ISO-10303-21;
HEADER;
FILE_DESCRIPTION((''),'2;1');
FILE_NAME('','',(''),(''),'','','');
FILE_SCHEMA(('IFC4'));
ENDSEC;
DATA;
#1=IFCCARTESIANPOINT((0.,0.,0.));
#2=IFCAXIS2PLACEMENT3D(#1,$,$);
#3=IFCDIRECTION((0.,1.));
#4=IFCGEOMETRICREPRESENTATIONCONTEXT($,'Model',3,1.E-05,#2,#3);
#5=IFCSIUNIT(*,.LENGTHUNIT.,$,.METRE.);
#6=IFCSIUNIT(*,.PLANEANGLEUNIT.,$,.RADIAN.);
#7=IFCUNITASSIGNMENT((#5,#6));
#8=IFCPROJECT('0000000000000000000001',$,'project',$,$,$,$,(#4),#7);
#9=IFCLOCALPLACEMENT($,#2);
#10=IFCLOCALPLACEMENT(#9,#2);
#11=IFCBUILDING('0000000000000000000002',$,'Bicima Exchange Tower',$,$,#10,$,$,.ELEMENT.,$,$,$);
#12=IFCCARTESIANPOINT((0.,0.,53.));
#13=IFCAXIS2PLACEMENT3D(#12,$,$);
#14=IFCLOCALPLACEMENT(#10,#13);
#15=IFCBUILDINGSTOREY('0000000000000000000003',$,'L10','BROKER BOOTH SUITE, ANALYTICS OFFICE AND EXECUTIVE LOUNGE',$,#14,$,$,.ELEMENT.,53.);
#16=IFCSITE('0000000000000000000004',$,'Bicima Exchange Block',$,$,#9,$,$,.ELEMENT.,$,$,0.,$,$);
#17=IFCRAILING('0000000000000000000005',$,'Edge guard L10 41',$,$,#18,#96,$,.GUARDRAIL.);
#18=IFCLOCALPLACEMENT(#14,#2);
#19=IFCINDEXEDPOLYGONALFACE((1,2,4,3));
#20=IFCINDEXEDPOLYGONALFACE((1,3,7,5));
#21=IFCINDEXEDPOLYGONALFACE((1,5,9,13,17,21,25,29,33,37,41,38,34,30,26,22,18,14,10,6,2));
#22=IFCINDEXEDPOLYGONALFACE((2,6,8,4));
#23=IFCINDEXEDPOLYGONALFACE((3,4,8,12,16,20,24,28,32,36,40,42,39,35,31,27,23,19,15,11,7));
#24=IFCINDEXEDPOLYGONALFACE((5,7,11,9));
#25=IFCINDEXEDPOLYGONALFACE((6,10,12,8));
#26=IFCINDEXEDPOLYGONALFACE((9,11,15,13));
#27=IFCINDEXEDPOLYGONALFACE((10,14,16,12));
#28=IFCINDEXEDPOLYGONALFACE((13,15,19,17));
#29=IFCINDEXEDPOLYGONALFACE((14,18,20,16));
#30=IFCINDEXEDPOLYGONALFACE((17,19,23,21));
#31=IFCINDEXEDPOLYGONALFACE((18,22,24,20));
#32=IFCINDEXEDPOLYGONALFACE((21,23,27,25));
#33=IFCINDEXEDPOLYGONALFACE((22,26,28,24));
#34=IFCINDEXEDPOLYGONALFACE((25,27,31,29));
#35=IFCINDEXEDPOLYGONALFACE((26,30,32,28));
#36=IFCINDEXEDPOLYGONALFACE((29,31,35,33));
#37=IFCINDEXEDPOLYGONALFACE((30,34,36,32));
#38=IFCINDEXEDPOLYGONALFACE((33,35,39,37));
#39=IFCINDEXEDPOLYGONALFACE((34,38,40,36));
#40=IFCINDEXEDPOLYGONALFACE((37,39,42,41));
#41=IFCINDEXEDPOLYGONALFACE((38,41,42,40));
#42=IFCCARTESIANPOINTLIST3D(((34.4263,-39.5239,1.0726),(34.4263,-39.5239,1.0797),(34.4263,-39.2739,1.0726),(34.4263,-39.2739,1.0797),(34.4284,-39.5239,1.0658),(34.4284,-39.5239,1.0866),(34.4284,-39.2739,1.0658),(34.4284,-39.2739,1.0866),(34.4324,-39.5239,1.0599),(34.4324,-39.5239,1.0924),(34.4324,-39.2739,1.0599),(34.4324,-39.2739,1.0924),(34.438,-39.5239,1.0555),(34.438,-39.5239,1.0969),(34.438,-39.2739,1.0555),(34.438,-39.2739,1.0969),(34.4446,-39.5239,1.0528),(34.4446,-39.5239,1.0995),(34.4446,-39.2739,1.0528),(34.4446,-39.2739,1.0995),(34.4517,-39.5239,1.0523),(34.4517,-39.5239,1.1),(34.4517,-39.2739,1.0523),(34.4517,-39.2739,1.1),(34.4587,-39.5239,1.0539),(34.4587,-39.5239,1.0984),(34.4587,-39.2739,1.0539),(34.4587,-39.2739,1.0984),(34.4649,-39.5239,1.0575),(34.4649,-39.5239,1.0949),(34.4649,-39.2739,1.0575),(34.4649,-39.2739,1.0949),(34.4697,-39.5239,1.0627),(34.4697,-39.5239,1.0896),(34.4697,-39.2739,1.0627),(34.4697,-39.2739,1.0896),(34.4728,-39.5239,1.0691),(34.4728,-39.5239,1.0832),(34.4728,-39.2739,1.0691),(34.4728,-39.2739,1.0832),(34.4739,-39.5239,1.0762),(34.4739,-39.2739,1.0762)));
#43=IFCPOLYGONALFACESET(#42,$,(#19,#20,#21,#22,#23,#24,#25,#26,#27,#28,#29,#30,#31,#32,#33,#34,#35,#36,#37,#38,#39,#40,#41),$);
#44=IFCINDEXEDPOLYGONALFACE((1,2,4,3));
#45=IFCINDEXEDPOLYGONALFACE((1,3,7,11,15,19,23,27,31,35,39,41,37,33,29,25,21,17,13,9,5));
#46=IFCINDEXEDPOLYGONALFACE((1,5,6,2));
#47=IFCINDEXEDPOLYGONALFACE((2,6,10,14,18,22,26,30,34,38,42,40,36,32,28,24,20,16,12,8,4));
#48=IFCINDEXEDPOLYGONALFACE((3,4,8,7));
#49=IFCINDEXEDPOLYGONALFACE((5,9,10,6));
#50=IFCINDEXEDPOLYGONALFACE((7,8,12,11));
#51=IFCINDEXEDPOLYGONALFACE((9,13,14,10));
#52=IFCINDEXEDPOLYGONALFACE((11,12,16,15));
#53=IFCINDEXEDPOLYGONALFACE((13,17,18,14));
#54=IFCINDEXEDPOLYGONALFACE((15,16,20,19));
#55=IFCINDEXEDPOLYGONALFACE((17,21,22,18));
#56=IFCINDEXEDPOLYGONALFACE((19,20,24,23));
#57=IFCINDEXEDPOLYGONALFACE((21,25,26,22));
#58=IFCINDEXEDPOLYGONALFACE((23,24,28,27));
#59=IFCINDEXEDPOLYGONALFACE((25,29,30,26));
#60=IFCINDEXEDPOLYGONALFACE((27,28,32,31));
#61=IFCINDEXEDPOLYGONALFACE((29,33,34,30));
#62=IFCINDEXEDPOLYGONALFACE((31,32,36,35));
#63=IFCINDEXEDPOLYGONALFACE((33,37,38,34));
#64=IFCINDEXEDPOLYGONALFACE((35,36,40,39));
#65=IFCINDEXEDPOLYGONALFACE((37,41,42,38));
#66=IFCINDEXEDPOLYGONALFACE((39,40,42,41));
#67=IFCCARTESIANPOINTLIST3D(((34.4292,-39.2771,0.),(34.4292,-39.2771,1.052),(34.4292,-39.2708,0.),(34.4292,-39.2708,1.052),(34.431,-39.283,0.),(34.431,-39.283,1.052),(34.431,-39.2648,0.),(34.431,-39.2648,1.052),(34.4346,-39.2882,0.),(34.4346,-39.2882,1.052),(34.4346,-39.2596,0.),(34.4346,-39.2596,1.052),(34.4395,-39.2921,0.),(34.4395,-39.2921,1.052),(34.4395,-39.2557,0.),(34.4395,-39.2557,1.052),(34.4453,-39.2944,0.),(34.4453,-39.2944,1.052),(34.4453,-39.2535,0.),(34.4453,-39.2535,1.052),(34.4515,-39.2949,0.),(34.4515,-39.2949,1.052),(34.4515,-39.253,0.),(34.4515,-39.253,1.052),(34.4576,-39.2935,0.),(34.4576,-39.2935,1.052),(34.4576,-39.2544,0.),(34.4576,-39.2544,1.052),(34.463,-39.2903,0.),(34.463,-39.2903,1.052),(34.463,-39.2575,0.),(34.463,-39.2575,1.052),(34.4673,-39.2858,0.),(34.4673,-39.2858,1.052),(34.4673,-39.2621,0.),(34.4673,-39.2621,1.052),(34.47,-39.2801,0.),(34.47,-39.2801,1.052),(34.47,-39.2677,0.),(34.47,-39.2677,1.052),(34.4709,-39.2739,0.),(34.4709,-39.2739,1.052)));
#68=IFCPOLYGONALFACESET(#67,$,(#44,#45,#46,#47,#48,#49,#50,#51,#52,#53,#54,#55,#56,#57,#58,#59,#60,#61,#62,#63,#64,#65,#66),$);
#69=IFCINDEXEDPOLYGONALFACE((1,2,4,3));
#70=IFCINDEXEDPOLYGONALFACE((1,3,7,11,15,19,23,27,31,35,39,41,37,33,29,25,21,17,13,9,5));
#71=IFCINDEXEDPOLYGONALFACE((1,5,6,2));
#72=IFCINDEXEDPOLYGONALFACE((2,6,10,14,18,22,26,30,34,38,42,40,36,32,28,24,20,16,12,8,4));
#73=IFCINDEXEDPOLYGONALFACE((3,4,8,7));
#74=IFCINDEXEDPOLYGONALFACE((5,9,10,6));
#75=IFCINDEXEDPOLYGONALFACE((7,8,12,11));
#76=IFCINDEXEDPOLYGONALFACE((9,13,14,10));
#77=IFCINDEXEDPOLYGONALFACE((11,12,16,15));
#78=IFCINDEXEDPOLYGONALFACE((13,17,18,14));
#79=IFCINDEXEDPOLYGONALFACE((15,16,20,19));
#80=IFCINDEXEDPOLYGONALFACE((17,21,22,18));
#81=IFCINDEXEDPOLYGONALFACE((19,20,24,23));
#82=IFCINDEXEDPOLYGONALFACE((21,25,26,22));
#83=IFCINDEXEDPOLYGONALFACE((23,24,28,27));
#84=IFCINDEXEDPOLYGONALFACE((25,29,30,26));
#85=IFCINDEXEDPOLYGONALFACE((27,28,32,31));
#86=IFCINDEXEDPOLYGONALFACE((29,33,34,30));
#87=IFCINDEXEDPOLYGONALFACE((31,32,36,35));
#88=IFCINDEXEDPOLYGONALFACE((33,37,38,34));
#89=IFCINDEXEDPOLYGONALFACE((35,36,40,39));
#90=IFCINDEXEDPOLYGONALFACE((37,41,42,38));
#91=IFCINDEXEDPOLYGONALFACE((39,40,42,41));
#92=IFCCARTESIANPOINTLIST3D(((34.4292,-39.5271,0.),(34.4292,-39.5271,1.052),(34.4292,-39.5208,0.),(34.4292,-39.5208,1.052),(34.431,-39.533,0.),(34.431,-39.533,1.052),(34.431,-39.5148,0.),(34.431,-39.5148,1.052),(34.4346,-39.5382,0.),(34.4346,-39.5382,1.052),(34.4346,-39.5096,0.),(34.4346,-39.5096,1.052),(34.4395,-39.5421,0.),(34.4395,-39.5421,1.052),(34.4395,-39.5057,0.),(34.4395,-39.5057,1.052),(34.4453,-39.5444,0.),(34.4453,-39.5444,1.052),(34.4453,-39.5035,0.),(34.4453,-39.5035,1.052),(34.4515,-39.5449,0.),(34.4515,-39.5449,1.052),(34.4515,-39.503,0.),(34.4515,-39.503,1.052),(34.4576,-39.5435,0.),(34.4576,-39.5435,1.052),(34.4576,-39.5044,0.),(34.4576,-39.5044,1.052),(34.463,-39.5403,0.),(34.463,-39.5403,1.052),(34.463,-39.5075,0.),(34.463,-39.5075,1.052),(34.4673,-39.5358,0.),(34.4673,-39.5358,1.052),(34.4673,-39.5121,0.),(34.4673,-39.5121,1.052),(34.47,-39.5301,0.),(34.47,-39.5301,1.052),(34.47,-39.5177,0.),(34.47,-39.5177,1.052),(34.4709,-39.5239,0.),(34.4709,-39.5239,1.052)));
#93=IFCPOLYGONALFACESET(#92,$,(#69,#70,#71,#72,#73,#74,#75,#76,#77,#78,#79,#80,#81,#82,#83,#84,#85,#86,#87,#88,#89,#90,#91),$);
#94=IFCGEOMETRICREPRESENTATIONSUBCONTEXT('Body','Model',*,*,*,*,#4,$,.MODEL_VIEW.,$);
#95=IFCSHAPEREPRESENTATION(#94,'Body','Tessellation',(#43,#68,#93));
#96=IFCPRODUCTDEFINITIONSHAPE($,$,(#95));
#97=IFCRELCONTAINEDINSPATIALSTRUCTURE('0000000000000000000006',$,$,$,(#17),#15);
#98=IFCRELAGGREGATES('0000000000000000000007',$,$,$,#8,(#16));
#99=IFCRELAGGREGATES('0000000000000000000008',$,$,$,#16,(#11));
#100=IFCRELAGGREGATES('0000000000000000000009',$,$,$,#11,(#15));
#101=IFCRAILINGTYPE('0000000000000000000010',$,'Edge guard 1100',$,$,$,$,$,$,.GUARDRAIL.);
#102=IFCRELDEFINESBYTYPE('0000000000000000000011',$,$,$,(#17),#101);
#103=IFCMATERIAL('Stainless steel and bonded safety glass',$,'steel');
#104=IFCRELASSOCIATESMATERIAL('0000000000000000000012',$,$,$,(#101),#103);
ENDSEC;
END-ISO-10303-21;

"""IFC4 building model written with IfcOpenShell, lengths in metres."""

from ifc_helpers import new_model, si_unit, direction, frame, origin, origin_2d, place, context, subcontext, project, spatial, circle, extrude, material, type_object, element, save


model = new_model("IFC4")

# Units and contexts
model_context = context("Model", 3, precision=1e-05, world=origin(), true_north=direction((0.0, 1.0)))
body_context = subcontext(model_context, "Body", "Model", "MODEL_VIEW")
ifc_project = project(units=[si_unit("LENGTHUNIT", "METRE"), si_unit("PLANEANGLEUNIT", "RADIAN")], contexts=[model_context])

# Site, building, storey
site_placement = place(None, origin())
site = spatial("IfcSite", under=ifc_project, at=site_placement, Name="Bicima Exchange Block", CompositionType="ELEMENT", RefElevation=0.0)
building_placement = place(site_placement, origin())
building = spatial("IfcBuilding", under=site, at=building_placement, Name="Bicima Exchange Tower", CompositionType="ELEMENT")
storey_placement = place(building_placement, frame((0.0, 0.0, 53.0)))
storey = spatial("IfcBuildingStorey", under=building, at=storey_placement, Name="L10", Description="BROKER BOOTH SUITE, ANALYTICS OFFICE AND EXECUTIVE LOUNGE", CompositionType="ELEMENT", Elevation=53.0)

# Railing
ifc_material_1 = material(Name="Stainless steel and bonded safety glass", Category="steel")
railing_type = type_object("IfcRailingType", Name="Edge guard 1100", PredefinedType="GUARDRAIL", material=ifc_material_1)
railing_1_placement = place(storey_placement, frame((34.45, -39.2739, 0.0)))
element("IfcRailing", 1, at=railing_1_placement, inside=storey, type_object=railing_type, Name="Edge guard L10 41", PredefinedType="GUARDRAIL", context=body_context, shape_type="SweptSolid", body=[
    extrude(circle(Radius=0.0239, at=origin_2d()), frame((0.0, 0.0, 1.0762), z_axis=(0.0, -1.0, 0.0), x_axis=(1.0, 0.0, 0.0)), (0.0, 0.0, 1.0), 0.25),
    extrude(circle(Radius=0.021, at=origin_2d()), origin(), (0.0, 0.0, 1.0), 1.052),
    extrude(circle(Radius=0.021, at=origin_2d()), frame((0.0, -0.25, 0.0)), (0.0, 0.0, 1.0), 1.052),
])

save(model, "model.ifc")
